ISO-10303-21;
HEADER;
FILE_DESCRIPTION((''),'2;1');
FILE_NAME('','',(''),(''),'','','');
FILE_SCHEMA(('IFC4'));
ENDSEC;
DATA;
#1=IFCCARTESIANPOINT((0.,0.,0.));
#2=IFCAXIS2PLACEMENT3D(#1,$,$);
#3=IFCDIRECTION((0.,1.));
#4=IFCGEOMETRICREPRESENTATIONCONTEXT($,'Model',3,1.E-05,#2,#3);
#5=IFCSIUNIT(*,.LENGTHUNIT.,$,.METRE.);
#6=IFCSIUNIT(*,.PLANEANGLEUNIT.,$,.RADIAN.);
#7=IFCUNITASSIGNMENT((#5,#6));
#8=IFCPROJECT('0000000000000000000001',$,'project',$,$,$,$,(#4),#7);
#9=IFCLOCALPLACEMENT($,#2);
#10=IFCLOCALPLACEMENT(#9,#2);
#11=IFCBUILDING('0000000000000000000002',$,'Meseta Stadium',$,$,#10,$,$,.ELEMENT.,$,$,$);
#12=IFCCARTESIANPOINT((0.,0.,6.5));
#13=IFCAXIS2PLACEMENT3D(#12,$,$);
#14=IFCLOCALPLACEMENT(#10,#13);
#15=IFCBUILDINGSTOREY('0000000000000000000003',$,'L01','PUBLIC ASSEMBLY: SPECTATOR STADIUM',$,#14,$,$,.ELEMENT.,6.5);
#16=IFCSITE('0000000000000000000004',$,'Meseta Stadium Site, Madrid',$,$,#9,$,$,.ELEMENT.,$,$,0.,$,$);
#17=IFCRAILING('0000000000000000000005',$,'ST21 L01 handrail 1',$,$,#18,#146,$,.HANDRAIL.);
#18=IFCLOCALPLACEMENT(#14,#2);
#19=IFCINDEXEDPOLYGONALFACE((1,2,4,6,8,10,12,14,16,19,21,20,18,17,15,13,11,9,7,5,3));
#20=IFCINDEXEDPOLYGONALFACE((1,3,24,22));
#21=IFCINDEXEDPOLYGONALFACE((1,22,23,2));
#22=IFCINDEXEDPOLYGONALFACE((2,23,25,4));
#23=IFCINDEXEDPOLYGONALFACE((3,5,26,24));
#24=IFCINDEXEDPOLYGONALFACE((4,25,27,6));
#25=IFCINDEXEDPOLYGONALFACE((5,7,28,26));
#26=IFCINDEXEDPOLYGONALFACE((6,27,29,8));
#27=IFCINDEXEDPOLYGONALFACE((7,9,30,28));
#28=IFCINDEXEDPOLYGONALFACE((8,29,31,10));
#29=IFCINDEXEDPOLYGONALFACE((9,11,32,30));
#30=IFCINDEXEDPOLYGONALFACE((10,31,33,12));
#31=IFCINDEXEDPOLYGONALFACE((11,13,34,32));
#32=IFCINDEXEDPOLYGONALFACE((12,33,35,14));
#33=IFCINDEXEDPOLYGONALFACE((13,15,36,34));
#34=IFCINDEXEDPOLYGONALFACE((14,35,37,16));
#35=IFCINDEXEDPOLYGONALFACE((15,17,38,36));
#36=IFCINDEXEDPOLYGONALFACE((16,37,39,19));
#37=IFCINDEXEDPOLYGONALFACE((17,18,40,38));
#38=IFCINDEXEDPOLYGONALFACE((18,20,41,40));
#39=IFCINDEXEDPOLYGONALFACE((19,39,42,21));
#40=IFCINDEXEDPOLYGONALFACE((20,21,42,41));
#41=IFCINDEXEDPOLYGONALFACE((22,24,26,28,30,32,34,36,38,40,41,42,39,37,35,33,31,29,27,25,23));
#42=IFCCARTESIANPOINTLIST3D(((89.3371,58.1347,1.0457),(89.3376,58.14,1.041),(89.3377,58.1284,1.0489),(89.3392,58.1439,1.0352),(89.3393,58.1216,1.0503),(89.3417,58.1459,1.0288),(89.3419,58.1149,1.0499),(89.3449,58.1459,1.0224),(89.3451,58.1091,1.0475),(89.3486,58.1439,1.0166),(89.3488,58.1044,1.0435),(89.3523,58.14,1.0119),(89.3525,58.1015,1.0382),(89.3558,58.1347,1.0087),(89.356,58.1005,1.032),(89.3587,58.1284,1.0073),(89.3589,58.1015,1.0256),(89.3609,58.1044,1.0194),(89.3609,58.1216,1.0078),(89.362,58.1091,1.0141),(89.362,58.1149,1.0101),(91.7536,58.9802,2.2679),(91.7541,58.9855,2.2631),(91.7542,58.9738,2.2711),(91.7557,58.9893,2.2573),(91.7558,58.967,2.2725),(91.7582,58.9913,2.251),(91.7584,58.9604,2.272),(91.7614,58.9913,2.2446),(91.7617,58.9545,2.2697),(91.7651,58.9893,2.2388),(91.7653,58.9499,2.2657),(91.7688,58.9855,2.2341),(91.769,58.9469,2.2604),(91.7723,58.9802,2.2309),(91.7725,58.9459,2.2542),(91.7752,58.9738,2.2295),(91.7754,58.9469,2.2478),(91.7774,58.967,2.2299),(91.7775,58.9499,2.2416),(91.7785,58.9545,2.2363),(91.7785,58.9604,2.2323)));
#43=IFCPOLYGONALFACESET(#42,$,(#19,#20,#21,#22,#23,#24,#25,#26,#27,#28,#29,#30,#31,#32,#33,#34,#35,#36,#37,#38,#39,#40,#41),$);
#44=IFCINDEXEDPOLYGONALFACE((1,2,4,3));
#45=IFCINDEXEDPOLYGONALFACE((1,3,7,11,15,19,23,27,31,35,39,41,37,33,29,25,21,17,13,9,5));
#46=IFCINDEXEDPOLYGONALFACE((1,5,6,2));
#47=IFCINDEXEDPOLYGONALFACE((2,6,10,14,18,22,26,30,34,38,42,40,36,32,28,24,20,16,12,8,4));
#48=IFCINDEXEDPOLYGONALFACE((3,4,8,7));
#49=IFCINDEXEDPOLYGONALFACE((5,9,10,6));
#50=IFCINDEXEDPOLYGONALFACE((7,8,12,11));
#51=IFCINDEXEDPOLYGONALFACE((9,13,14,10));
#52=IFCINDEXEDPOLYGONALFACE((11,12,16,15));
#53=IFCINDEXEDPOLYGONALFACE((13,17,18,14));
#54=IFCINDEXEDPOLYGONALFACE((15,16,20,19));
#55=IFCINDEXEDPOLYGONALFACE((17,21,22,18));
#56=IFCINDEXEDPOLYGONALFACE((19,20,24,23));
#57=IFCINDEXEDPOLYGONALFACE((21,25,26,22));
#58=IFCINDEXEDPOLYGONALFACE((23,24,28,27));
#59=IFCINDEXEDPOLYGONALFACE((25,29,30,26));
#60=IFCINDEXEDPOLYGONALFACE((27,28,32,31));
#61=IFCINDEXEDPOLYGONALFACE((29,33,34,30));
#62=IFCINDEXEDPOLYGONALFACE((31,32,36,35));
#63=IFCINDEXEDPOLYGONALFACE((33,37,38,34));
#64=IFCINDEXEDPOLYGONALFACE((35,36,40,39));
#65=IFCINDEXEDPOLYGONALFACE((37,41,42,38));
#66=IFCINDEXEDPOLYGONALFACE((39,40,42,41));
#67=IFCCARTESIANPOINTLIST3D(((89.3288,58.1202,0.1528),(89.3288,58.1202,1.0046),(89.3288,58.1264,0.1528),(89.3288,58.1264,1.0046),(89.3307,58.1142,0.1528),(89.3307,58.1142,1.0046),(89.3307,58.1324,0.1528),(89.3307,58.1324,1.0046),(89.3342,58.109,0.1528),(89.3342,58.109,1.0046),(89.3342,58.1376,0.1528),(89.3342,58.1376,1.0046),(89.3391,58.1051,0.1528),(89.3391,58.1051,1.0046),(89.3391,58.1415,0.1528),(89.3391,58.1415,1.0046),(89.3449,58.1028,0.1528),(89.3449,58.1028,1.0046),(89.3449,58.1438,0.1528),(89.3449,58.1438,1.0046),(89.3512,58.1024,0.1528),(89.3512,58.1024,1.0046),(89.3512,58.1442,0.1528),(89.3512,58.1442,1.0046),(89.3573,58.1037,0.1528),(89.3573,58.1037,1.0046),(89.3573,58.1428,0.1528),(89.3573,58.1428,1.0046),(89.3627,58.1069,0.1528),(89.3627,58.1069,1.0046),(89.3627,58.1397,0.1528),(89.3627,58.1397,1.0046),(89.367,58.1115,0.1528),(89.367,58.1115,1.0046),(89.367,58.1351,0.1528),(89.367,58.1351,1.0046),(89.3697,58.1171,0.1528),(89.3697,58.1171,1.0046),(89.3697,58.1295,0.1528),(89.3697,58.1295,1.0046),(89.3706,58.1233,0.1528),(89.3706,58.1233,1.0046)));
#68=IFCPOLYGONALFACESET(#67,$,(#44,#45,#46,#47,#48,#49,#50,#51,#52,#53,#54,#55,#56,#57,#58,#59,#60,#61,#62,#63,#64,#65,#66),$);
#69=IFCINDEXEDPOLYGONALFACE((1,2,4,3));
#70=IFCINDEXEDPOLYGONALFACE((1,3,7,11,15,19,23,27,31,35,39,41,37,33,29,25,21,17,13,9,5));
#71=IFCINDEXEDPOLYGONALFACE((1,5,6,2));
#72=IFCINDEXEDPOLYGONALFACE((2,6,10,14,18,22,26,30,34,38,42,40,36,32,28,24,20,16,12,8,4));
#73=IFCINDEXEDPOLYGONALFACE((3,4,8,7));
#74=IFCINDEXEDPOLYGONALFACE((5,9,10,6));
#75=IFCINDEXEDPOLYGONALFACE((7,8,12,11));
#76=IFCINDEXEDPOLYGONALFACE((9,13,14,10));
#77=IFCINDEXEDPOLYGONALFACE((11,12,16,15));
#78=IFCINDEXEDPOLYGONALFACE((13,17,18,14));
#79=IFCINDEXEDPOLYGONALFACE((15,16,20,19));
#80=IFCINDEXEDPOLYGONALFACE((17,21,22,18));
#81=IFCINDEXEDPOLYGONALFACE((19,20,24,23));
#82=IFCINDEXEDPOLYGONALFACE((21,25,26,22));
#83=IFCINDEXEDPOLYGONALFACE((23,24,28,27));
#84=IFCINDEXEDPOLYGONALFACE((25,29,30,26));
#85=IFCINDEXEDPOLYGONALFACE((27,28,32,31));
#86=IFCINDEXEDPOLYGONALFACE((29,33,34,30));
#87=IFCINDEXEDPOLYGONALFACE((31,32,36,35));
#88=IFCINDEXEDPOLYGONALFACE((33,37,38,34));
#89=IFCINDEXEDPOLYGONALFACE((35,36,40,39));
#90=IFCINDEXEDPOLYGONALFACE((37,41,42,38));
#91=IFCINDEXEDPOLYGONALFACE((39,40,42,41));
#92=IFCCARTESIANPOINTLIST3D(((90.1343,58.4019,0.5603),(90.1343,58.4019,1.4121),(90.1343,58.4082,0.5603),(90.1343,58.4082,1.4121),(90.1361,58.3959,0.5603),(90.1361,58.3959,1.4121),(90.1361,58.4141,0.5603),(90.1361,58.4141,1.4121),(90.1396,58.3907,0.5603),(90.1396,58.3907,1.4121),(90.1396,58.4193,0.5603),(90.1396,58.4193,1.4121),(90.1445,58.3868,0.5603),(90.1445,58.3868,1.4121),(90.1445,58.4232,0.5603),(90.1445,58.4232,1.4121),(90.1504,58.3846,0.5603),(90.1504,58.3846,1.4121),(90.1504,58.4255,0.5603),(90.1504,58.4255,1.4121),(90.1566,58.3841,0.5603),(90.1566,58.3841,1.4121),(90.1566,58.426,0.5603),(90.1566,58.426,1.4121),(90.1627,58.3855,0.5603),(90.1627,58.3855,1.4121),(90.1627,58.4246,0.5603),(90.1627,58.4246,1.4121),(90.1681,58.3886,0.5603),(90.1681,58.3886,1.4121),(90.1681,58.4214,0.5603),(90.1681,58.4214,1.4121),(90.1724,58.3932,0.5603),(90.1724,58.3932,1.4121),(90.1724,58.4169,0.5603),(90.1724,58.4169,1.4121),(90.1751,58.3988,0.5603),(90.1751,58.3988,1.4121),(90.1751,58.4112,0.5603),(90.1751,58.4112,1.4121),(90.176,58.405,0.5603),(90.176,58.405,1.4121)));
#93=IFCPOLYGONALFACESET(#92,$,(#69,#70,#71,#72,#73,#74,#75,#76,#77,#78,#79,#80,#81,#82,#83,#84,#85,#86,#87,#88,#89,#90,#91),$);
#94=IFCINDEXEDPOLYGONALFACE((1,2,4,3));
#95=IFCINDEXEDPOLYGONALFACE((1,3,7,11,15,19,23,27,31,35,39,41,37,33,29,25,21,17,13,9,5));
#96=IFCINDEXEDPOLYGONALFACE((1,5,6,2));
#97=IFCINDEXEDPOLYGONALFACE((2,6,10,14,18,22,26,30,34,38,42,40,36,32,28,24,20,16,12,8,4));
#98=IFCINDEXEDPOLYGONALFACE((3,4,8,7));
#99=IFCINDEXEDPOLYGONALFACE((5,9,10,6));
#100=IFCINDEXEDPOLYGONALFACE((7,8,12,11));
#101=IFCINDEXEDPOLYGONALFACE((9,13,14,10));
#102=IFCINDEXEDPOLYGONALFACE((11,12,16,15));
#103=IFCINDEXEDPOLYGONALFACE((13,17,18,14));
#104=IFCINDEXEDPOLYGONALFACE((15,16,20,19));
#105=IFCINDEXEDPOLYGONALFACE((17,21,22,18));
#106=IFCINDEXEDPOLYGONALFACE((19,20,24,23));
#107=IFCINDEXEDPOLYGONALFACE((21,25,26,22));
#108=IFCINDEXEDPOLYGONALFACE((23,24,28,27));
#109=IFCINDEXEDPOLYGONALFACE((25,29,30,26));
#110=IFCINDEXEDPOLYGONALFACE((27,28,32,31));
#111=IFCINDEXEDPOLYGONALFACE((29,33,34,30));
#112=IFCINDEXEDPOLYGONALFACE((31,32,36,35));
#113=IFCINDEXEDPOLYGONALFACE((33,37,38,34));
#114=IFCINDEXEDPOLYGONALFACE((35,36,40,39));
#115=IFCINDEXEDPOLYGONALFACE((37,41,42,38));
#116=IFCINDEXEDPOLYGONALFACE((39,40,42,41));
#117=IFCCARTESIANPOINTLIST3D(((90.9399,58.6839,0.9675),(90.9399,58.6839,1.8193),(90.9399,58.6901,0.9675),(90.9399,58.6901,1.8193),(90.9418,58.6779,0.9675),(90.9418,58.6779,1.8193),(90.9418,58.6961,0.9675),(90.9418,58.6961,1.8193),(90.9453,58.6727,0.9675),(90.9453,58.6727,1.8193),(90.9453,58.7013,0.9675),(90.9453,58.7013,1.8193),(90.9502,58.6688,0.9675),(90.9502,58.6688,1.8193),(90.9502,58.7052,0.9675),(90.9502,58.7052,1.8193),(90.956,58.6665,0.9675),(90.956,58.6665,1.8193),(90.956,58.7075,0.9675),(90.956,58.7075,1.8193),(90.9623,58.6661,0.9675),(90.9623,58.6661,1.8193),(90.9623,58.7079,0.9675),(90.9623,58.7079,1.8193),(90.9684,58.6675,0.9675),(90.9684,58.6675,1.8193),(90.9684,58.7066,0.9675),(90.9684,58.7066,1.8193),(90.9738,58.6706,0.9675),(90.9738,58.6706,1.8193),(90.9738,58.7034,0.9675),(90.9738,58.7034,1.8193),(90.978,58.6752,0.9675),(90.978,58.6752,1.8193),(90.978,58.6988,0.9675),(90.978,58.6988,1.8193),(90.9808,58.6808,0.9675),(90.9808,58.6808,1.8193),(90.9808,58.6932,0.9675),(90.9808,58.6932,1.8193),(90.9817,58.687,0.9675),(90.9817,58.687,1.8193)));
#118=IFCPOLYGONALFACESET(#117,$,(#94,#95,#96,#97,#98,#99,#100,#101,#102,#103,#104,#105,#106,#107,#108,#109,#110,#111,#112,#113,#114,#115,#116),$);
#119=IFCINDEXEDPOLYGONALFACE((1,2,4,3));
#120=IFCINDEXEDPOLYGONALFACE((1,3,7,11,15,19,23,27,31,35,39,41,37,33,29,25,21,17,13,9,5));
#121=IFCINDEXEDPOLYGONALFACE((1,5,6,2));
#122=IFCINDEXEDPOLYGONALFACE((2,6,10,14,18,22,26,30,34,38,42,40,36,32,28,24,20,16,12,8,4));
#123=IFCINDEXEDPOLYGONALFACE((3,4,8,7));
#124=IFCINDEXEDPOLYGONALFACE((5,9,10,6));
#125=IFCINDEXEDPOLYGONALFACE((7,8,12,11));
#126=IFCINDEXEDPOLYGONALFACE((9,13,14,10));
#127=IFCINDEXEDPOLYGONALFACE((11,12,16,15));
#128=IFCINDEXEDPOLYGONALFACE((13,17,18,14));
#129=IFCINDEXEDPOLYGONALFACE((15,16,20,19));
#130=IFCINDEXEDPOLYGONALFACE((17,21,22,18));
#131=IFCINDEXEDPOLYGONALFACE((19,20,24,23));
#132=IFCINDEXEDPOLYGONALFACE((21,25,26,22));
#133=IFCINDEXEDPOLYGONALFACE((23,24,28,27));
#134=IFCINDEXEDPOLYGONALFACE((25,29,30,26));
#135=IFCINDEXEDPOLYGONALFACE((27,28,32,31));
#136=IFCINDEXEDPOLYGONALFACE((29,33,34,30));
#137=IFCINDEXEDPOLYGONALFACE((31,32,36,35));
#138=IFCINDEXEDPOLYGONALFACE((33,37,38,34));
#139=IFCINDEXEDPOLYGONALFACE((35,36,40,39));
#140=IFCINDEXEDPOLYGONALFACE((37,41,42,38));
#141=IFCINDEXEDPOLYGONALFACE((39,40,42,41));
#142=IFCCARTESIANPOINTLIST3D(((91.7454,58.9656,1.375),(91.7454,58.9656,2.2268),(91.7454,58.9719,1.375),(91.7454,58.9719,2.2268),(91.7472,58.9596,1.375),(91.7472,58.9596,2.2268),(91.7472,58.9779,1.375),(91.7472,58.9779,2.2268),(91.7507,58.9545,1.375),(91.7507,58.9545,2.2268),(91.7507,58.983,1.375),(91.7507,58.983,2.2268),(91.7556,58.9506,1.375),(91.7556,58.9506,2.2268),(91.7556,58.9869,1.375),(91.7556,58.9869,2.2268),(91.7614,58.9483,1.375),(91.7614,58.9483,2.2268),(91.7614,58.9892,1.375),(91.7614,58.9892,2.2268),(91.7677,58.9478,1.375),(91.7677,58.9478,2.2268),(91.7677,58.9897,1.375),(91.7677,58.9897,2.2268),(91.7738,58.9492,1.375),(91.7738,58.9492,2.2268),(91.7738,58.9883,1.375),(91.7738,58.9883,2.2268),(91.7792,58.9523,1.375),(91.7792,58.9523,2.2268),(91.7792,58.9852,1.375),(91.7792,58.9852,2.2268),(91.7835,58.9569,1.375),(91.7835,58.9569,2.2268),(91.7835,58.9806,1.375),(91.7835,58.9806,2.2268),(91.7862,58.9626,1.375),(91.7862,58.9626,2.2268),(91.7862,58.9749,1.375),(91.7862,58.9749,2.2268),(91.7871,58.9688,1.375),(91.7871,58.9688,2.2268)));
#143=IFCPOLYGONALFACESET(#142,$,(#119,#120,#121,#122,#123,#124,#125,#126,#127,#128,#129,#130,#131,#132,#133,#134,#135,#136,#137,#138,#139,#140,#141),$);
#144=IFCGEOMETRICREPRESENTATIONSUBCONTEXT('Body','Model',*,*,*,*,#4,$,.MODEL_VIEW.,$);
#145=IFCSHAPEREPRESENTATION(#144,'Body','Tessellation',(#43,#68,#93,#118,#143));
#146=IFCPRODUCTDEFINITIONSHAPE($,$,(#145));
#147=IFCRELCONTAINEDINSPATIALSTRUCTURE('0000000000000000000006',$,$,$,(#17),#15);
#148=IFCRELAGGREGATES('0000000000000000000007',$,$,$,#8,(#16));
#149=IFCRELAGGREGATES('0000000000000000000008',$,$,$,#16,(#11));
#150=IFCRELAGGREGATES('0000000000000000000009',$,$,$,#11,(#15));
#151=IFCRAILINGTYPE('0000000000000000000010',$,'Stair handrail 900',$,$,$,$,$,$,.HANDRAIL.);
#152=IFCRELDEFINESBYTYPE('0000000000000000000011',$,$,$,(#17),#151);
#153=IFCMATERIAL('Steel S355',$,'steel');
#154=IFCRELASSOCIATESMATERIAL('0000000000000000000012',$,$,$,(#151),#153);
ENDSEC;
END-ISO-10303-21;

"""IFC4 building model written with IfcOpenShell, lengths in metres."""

from ifc_helpers import new_model, si_unit, direction, frame, origin, origin_2d, place, context, subcontext, project, spatial, circle, extrude, material, type_object, element, save


model = new_model("IFC4")

# Units and contexts
model_context = context("Model", 3, precision=1e-05, world=origin(), true_north=direction((0.0, 1.0)))
body_context = subcontext(model_context, "Body", "Model", "MODEL_VIEW")
ifc_project = project(units=[si_unit("LENGTHUNIT", "METRE"), si_unit("PLANEANGLEUNIT", "RADIAN")], contexts=[model_context])

# Site, building, storey
site_placement = place(None, origin())
site = spatial("IfcSite", under=ifc_project, at=site_placement, Name="Meseta Stadium Site, Madrid", CompositionType="ELEMENT", RefElevation=0.0)
building_placement = place(site_placement, origin())
building = spatial("IfcBuilding", under=site, at=building_placement, Name="Meseta Stadium", CompositionType="ELEMENT")
storey_placement = place(building_placement, frame((0.0, 0.0, 6.5)))
storey = spatial("IfcBuildingStorey", under=building, at=storey_placement, Name="L01", Description="PUBLIC ASSEMBLY: SPECTATOR STADIUM", CompositionType="ELEMENT", Elevation=6.5)

# Railing
ifc_material_1 = material(Name="Steel S355", Category="steel")
railing_type_1 = type_object("IfcRailingType", Name="Stair handrail 900", PredefinedType="HANDRAIL", material=ifc_material_1)
railing_1_placement = place(storey_placement, frame((89.3496, 58.1233, 0.1528)))
element("IfcRailing", 1, at=railing_1_placement, inside=storey, type_object=railing_type_1, Name="ST21 L01 handrail 1", PredefinedType="HANDRAIL", context=body_context, shape_type="SweptSolid", body=[
    extrude(circle(Radius=0.0239, at=origin_2d()), frame((0.0, 0.0, 0.876), z_axis=(0.851812, 0.298022, 0.430811), x_axis=(-0.33024, 0.943897, 0.0)), (0.0, 0.0, 1.0), 2.8369),
    extrude(circle(Radius=0.021, at=origin_2d()), origin(), (0.0, 0.0, 1.0), 0.8518),
    extrude(circle(Radius=0.021, at=origin_2d()), frame((0.8054, 0.2817, 0.4075)), (0.0, 0.0, 1.0), 0.8518),
    extrude(circle(Radius=0.021, at=origin_2d()), frame((1.6111, 0.5637, 0.8147)), (0.0, 0.0, 1.0), 0.8518),
    extrude(circle(Radius=0.021, at=origin_2d()), frame((2.4165, 0.8455, 1.2222)), (0.0, 0.0, 1.0), 0.8518),
])

save(model, "model.ifc")
